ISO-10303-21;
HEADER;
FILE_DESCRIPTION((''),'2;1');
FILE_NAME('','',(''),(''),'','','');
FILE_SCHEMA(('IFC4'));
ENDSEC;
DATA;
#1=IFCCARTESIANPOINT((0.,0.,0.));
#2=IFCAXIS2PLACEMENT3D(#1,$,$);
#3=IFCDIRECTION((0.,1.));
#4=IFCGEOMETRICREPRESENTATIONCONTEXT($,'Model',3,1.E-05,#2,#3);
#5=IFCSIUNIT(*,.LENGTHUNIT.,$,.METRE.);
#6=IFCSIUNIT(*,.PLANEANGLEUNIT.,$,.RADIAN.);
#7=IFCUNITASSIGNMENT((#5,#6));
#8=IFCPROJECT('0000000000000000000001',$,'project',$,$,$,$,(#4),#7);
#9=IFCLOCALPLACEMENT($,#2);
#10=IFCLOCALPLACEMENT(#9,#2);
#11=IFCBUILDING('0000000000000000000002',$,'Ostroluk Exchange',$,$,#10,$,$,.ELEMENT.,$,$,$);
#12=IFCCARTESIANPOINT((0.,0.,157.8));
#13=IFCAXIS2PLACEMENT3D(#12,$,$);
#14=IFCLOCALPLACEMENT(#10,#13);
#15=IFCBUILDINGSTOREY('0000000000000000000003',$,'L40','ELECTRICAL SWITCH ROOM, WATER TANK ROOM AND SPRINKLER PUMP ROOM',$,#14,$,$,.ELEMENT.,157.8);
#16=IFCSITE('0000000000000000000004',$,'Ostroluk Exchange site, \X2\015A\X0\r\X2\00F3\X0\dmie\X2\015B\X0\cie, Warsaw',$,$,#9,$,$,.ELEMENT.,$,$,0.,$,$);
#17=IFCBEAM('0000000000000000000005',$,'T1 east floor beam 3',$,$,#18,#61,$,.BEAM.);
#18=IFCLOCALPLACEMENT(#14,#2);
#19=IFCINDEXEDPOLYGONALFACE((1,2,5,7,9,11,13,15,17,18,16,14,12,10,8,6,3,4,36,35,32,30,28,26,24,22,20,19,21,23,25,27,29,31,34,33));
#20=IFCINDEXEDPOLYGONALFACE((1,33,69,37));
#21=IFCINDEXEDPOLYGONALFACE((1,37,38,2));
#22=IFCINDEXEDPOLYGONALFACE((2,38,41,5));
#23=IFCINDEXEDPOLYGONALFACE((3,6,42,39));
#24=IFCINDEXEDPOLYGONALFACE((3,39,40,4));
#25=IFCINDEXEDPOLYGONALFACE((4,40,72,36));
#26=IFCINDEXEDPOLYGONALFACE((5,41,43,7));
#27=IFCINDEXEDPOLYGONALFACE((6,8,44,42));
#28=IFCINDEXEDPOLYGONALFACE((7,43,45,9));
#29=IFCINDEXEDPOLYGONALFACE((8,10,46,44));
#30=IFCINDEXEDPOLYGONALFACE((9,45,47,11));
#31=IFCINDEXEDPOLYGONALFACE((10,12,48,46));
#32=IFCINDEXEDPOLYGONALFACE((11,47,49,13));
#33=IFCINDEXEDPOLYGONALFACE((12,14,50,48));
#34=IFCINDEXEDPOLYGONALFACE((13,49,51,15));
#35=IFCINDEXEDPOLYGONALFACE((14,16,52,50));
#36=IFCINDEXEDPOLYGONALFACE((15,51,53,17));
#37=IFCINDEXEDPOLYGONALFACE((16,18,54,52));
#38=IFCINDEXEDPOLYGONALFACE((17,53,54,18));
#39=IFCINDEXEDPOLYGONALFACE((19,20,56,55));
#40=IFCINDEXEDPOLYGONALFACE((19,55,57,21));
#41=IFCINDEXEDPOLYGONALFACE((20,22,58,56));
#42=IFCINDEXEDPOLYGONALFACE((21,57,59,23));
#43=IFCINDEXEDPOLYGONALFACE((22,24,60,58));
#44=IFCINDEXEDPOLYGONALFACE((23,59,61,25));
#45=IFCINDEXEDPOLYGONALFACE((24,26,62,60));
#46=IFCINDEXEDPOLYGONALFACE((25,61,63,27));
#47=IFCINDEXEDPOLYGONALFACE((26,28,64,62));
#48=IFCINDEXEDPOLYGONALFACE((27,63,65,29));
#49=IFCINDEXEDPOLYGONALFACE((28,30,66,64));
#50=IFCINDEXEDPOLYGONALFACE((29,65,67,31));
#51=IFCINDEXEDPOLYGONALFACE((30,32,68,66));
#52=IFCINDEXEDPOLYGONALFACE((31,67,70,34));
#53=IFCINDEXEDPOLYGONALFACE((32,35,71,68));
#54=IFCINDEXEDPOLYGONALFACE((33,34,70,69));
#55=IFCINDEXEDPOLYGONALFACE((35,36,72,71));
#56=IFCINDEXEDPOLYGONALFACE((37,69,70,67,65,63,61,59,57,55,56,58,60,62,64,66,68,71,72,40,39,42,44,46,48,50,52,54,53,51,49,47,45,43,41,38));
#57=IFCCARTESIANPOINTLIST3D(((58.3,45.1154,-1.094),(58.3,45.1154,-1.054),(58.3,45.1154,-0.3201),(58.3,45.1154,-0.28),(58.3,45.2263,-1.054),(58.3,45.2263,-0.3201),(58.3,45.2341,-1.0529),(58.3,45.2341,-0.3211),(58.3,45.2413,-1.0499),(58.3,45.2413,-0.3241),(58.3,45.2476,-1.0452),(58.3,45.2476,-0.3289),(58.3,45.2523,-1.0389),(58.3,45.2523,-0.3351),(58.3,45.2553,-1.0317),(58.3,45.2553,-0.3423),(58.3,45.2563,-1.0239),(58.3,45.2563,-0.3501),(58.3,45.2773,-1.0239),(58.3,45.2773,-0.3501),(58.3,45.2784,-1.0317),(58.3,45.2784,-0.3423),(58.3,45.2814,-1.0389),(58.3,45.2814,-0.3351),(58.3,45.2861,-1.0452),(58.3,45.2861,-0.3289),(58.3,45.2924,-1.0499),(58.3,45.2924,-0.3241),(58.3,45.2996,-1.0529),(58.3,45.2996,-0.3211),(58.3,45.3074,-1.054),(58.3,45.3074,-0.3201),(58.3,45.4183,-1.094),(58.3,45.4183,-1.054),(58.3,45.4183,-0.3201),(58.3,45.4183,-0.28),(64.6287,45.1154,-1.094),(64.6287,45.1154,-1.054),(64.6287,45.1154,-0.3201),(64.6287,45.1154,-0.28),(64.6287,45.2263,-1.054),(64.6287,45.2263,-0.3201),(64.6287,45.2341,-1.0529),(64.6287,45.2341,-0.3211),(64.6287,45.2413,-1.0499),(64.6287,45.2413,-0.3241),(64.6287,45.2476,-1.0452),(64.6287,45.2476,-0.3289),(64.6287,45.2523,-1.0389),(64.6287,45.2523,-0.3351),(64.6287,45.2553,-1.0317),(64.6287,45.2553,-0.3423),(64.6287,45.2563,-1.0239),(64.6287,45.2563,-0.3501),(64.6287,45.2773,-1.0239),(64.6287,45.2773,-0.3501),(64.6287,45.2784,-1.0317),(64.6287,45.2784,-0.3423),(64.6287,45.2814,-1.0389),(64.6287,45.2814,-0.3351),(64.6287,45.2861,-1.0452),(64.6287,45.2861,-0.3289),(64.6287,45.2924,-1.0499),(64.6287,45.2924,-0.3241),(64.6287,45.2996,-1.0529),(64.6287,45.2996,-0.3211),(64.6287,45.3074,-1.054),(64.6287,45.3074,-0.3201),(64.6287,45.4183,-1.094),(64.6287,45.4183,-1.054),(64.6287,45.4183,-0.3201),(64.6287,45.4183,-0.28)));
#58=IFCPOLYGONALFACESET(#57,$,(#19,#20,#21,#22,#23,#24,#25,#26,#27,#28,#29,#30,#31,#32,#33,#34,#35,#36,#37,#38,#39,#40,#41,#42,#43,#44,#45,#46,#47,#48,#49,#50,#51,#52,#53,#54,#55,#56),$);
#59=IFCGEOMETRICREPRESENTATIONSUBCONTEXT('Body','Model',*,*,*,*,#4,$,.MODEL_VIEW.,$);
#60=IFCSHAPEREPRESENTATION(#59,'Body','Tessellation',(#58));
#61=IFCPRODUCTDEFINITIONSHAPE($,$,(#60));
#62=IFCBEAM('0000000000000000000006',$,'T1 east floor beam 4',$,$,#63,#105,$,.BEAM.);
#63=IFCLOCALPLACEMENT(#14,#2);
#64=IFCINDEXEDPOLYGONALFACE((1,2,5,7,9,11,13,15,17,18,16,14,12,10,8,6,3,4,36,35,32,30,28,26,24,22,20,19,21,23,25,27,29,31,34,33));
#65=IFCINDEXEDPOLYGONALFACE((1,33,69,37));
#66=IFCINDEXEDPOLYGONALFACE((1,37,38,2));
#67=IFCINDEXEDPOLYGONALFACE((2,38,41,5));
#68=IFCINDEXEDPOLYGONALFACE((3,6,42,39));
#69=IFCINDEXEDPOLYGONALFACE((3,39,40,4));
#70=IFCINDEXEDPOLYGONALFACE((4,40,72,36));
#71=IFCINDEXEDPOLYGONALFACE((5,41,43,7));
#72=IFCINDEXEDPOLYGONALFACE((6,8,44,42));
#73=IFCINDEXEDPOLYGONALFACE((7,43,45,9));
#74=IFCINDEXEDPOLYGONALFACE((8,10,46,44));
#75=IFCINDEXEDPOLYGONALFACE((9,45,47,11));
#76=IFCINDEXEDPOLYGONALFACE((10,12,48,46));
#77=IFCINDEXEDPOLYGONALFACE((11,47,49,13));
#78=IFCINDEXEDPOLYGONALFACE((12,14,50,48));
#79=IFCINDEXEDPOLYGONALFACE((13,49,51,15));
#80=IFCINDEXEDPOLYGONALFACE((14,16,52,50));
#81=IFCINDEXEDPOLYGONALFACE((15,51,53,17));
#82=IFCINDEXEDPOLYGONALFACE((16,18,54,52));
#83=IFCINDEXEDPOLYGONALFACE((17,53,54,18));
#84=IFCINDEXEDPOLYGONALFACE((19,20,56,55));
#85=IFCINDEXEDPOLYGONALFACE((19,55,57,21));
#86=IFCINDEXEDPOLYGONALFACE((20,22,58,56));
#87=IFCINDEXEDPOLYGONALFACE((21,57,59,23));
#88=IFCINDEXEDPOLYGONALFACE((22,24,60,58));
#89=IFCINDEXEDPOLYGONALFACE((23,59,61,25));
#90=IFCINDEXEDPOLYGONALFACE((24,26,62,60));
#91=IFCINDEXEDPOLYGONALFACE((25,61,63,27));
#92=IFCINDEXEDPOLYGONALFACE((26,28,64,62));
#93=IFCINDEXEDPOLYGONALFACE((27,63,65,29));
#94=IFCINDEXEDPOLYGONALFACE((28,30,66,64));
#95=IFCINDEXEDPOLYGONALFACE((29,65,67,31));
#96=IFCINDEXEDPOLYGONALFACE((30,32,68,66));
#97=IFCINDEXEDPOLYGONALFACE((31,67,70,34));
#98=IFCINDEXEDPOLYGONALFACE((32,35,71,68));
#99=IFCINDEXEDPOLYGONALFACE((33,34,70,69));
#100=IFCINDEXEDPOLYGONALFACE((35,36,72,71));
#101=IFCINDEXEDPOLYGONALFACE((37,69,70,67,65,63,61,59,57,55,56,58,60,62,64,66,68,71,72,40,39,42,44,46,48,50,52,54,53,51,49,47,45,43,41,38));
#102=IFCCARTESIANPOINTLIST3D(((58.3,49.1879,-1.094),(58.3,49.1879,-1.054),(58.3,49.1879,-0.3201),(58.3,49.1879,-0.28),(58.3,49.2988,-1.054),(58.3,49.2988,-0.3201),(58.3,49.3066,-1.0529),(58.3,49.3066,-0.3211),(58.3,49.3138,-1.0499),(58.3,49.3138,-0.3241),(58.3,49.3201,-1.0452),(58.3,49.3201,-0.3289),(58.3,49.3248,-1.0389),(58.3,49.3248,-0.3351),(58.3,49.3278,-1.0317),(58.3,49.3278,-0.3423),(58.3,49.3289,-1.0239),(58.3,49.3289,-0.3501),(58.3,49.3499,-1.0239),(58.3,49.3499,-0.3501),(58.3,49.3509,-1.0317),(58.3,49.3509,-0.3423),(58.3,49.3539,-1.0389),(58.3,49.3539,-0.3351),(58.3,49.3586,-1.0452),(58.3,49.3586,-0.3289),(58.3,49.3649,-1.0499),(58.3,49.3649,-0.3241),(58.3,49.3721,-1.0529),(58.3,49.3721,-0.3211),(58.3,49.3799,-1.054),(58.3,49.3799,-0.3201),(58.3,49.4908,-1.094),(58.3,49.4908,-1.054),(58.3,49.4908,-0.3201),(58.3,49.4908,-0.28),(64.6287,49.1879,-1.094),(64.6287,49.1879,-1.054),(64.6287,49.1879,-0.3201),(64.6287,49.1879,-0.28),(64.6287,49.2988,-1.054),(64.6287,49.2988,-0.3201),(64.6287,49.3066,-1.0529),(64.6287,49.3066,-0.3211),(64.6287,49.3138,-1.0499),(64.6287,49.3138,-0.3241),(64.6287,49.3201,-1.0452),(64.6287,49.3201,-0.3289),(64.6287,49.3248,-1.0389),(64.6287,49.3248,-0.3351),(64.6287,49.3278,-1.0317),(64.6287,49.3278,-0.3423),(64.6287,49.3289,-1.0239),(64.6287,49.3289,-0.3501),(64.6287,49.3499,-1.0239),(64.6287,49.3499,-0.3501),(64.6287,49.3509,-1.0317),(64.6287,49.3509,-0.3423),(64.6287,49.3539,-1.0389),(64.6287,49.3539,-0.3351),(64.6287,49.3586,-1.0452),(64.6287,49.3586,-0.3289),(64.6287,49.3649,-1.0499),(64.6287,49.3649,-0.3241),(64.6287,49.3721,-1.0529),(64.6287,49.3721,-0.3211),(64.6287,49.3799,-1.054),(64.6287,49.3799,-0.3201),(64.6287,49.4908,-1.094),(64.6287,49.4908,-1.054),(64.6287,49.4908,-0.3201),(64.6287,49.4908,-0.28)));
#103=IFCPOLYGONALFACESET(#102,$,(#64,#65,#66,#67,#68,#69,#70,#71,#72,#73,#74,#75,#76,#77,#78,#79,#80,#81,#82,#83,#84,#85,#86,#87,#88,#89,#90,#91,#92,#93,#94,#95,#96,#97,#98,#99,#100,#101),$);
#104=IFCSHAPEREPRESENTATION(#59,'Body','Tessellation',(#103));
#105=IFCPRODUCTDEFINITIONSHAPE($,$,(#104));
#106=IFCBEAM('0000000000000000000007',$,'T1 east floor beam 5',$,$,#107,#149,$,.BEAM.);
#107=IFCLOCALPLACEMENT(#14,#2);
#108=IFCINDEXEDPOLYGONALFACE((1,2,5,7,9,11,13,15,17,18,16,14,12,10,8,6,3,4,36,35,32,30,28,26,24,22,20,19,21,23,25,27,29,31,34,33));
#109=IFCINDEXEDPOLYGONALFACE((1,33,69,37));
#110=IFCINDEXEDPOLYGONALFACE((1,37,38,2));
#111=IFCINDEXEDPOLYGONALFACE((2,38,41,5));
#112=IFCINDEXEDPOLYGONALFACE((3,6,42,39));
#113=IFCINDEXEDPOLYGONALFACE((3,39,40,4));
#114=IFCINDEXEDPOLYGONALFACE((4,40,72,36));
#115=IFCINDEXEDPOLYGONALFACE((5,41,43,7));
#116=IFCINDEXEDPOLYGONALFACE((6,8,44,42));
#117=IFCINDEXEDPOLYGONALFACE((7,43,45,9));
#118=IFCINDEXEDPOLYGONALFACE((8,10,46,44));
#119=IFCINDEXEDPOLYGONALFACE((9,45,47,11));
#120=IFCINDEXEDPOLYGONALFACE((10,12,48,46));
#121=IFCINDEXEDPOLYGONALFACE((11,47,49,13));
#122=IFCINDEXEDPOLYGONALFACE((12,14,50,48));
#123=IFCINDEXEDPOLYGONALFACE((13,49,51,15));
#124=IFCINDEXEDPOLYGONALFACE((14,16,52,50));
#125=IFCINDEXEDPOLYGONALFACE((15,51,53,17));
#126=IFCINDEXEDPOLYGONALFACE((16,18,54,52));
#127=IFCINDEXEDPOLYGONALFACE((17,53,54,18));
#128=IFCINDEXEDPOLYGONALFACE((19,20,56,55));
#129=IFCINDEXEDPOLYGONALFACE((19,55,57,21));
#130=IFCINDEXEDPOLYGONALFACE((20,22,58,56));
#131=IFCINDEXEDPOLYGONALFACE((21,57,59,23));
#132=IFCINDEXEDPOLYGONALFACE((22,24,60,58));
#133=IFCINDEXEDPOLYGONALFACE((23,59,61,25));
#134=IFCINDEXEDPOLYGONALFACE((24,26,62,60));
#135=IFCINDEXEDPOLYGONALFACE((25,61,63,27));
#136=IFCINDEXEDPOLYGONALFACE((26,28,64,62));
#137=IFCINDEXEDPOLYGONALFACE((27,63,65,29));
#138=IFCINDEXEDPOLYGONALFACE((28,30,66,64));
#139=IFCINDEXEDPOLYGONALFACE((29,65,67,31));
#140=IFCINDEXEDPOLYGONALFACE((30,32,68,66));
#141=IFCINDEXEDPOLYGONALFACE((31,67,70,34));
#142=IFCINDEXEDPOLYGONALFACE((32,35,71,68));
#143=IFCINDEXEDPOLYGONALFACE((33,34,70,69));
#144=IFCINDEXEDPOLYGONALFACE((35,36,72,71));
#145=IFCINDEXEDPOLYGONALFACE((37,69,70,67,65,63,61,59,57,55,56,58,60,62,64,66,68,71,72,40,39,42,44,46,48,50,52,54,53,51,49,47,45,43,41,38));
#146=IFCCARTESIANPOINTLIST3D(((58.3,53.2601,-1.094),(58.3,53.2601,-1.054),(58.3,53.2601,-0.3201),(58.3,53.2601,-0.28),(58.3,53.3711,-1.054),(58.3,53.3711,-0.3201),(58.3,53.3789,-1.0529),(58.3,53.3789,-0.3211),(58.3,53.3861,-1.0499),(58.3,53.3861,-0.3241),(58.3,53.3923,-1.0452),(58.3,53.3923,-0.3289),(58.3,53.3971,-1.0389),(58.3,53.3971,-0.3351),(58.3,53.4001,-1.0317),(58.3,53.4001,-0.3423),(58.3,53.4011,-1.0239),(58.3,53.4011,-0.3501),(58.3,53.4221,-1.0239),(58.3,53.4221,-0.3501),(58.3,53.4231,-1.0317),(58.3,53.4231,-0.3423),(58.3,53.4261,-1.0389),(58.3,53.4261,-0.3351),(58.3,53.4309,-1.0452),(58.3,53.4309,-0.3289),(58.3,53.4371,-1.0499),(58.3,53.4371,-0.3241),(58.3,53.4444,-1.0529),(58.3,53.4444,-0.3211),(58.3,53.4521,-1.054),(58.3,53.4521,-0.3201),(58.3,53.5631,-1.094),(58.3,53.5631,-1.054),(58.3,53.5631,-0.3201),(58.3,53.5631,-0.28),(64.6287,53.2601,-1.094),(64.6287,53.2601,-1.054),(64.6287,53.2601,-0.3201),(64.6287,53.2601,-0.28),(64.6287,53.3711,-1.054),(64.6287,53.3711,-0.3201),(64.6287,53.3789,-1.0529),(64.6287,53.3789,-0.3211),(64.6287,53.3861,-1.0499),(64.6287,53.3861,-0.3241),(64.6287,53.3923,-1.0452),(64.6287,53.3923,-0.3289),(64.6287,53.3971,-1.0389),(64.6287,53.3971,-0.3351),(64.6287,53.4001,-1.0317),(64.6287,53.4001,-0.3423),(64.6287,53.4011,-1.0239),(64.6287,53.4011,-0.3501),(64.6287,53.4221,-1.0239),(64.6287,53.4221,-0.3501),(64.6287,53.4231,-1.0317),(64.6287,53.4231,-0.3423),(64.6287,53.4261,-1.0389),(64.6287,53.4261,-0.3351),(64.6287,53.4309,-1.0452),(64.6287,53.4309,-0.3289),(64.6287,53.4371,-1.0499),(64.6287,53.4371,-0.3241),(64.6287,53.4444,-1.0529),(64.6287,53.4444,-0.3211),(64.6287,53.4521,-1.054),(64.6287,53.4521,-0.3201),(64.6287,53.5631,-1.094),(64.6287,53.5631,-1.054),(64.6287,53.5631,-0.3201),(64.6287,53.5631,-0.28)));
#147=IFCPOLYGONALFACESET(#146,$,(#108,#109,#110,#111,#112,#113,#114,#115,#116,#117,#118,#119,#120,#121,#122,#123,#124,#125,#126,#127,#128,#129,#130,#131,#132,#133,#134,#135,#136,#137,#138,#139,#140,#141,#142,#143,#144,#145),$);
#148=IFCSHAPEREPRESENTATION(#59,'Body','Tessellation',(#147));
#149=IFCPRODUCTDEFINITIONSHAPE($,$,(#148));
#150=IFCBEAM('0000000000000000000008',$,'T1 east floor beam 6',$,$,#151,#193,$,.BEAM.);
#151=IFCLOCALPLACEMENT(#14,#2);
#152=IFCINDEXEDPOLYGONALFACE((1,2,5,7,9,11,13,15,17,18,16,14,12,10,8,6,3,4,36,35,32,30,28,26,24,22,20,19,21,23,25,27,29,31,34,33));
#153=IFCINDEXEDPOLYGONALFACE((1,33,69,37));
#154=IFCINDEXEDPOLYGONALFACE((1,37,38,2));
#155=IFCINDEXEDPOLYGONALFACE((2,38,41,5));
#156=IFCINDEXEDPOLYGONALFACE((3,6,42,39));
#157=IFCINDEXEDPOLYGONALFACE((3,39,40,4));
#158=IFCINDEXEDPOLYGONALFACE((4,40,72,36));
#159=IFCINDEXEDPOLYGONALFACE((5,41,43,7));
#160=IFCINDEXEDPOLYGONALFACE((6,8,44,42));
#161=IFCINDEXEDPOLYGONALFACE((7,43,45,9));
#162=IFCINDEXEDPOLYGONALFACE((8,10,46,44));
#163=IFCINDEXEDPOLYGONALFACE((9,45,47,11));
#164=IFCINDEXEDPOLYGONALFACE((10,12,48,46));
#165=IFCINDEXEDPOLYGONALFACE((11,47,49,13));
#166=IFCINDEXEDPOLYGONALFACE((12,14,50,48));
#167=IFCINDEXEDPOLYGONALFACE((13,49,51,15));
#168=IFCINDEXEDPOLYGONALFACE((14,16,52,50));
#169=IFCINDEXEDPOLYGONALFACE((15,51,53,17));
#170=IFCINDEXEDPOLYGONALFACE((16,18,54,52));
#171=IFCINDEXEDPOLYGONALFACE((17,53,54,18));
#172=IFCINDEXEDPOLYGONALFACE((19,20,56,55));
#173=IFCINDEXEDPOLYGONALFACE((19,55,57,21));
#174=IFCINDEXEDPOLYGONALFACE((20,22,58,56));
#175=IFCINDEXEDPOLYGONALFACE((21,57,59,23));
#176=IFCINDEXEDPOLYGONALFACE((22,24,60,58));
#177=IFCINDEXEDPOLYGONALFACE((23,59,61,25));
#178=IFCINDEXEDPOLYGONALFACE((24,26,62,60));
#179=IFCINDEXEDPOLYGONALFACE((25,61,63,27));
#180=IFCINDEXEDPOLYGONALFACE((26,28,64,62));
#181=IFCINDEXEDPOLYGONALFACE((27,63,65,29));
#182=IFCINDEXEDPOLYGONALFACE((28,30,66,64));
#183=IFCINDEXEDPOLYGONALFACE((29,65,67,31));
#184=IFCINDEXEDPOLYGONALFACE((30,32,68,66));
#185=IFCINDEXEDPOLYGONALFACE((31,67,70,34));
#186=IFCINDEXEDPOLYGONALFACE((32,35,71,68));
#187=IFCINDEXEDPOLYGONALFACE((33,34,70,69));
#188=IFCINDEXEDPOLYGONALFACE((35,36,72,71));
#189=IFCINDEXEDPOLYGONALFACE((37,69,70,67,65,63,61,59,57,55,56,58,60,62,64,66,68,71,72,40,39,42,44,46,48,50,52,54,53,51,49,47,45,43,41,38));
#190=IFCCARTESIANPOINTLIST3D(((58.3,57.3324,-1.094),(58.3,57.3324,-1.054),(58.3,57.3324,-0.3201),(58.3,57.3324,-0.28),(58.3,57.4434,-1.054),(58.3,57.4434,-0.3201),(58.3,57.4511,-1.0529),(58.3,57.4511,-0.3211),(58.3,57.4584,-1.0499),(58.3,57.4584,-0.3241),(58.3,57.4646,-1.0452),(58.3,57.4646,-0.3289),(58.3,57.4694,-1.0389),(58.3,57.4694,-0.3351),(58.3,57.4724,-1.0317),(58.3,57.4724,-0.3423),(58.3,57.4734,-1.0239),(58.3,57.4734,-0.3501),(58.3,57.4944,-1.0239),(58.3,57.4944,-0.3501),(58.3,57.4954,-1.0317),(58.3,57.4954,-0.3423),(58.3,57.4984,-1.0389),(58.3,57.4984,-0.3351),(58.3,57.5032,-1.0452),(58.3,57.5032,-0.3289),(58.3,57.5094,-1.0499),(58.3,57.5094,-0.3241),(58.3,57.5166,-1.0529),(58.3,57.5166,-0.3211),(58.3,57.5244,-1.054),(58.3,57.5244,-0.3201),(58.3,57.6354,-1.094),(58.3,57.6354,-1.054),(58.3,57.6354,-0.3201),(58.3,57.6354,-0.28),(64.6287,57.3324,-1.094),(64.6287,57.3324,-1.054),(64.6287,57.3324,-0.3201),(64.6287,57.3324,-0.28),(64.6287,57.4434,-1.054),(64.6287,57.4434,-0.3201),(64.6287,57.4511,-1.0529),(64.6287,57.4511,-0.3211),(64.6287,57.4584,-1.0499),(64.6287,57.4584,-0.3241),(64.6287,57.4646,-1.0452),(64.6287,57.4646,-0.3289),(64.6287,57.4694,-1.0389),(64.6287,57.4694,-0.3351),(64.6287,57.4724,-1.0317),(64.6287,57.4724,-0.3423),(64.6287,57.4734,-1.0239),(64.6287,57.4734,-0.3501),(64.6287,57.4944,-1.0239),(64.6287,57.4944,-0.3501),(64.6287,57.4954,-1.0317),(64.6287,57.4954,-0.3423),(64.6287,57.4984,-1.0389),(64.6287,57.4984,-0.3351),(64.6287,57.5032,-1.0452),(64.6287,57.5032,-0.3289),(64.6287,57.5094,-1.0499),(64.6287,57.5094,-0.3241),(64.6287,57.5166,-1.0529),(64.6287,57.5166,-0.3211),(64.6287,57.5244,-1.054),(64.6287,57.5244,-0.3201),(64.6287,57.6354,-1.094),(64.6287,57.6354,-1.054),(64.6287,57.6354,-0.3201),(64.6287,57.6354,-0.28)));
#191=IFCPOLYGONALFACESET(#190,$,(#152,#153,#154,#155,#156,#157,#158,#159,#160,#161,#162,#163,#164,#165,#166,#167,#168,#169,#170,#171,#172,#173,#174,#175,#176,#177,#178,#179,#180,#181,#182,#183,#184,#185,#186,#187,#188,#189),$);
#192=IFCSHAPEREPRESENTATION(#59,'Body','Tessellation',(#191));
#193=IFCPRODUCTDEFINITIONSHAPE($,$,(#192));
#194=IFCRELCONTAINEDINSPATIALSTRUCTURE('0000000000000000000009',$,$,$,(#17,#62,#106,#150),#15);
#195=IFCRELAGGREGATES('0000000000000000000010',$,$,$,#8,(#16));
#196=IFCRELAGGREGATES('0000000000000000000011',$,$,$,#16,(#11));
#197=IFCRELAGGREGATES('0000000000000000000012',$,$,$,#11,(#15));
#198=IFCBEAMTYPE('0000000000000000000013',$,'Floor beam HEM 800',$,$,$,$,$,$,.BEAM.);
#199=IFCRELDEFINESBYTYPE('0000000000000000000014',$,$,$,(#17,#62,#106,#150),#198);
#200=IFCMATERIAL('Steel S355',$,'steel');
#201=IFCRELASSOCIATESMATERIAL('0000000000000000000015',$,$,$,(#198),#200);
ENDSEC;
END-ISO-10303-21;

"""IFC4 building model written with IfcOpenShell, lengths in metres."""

from ifc_helpers import new_model, si_unit, direction, frame, origin, origin_2d, place, context, subcontext, project, spatial, i_section, extrude, material, material_profile, profile_set, type_object, element, save


model = new_model("IFC4")

# Units and contexts
model_context = context("Model", 3, precision=1e-05, world=origin(), true_north=direction((0.0, 1.0)))
body_context = subcontext(model_context, "Body", "Model", "MODEL_VIEW")
ifc_project = project(units=[si_unit("LENGTHUNIT", "METRE"), si_unit("PLANEANGLEUNIT", "RADIAN")], contexts=[model_context])

# Site, building, storey
site_placement = place(None, origin())
site = spatial("IfcSite", under=ifc_project, at=site_placement, Name="Ostroluk Exchange site, Śródmieście, Warsaw", CompositionType="ELEMENT", RefElevation=0.0)
building_placement = place(site_placement, origin())
building = spatial("IfcBuilding", under=site, at=building_placement, Name="Ostroluk Exchange", CompositionType="ELEMENT")
storey_placement = place(building_placement, frame((0.0, 0.0, 157.8)))
storey = spatial("IfcBuildingStorey", under=building, at=storey_placement, Name="L40", Description="ELECTRICAL SWITCH ROOM, WATER TANK ROOM AND SPRINKLER PUMP ROOM", CompositionType="ELEMENT", Elevation=157.8)

# Beams
ifc_material_1 = material(Name="Steel S355", Category="steel")
ifc_material_profile_1 = material_profile(ifc_material_1, i_section(OverallWidth=0.303, OverallDepth=0.814, WebThickness=0.021, FlangeThickness=0.04, FilletRadius=0.03, at=origin_2d()), Name="HEM 800")
ifc_profile_set_1 = profile_set([ifc_material_profile_1], Name="Steel S355")
beam_type_1 = type_object("IfcBeamType", Name="Floor beam HEM 800", PredefinedType="BEAM", material=ifc_profile_set_1)
for number, where, z_axis, x_axis, name in (
    (1, (58.3, 45.2668, -0.687), (1.0, 0.0, 0.0), (0.0, 1.0, 0.0), "T1 east floor beam 3"),
    (2, (58.3, 49.3394, -0.687), (1.0, 0.0, 0.0), (0.0, 1.0, 0.0), "T1 east floor beam 4"),
    (3, (58.3, 53.4116, -0.687), (1.0, 0.0, 0.0), (0.0, 1.0, 0.0), "T1 east floor beam 5"),
    (4, (58.3, 57.4839, -0.687), (1.0, 0.0, 0.0), (0.0, 1.0, 0.0), "T1 east floor beam 6"),
):
    element("IfcBeam", number, at=place(storey_placement, frame(where, z_axis=z_axis, x_axis=x_axis)), inside=storey, type_object=beam_type_1, Name=name, PredefinedType="BEAM", context=body_context, shape_type="SweptSolid", body=[
        extrude(i_section(OverallWidth=0.303, OverallDepth=0.814, WebThickness=0.021, FlangeThickness=0.04, FilletRadius=0.03, at=origin_2d()), origin(), (0.0, 0.0, 1.0), 6.3286),
    ])

save(model, "model.ifc")
